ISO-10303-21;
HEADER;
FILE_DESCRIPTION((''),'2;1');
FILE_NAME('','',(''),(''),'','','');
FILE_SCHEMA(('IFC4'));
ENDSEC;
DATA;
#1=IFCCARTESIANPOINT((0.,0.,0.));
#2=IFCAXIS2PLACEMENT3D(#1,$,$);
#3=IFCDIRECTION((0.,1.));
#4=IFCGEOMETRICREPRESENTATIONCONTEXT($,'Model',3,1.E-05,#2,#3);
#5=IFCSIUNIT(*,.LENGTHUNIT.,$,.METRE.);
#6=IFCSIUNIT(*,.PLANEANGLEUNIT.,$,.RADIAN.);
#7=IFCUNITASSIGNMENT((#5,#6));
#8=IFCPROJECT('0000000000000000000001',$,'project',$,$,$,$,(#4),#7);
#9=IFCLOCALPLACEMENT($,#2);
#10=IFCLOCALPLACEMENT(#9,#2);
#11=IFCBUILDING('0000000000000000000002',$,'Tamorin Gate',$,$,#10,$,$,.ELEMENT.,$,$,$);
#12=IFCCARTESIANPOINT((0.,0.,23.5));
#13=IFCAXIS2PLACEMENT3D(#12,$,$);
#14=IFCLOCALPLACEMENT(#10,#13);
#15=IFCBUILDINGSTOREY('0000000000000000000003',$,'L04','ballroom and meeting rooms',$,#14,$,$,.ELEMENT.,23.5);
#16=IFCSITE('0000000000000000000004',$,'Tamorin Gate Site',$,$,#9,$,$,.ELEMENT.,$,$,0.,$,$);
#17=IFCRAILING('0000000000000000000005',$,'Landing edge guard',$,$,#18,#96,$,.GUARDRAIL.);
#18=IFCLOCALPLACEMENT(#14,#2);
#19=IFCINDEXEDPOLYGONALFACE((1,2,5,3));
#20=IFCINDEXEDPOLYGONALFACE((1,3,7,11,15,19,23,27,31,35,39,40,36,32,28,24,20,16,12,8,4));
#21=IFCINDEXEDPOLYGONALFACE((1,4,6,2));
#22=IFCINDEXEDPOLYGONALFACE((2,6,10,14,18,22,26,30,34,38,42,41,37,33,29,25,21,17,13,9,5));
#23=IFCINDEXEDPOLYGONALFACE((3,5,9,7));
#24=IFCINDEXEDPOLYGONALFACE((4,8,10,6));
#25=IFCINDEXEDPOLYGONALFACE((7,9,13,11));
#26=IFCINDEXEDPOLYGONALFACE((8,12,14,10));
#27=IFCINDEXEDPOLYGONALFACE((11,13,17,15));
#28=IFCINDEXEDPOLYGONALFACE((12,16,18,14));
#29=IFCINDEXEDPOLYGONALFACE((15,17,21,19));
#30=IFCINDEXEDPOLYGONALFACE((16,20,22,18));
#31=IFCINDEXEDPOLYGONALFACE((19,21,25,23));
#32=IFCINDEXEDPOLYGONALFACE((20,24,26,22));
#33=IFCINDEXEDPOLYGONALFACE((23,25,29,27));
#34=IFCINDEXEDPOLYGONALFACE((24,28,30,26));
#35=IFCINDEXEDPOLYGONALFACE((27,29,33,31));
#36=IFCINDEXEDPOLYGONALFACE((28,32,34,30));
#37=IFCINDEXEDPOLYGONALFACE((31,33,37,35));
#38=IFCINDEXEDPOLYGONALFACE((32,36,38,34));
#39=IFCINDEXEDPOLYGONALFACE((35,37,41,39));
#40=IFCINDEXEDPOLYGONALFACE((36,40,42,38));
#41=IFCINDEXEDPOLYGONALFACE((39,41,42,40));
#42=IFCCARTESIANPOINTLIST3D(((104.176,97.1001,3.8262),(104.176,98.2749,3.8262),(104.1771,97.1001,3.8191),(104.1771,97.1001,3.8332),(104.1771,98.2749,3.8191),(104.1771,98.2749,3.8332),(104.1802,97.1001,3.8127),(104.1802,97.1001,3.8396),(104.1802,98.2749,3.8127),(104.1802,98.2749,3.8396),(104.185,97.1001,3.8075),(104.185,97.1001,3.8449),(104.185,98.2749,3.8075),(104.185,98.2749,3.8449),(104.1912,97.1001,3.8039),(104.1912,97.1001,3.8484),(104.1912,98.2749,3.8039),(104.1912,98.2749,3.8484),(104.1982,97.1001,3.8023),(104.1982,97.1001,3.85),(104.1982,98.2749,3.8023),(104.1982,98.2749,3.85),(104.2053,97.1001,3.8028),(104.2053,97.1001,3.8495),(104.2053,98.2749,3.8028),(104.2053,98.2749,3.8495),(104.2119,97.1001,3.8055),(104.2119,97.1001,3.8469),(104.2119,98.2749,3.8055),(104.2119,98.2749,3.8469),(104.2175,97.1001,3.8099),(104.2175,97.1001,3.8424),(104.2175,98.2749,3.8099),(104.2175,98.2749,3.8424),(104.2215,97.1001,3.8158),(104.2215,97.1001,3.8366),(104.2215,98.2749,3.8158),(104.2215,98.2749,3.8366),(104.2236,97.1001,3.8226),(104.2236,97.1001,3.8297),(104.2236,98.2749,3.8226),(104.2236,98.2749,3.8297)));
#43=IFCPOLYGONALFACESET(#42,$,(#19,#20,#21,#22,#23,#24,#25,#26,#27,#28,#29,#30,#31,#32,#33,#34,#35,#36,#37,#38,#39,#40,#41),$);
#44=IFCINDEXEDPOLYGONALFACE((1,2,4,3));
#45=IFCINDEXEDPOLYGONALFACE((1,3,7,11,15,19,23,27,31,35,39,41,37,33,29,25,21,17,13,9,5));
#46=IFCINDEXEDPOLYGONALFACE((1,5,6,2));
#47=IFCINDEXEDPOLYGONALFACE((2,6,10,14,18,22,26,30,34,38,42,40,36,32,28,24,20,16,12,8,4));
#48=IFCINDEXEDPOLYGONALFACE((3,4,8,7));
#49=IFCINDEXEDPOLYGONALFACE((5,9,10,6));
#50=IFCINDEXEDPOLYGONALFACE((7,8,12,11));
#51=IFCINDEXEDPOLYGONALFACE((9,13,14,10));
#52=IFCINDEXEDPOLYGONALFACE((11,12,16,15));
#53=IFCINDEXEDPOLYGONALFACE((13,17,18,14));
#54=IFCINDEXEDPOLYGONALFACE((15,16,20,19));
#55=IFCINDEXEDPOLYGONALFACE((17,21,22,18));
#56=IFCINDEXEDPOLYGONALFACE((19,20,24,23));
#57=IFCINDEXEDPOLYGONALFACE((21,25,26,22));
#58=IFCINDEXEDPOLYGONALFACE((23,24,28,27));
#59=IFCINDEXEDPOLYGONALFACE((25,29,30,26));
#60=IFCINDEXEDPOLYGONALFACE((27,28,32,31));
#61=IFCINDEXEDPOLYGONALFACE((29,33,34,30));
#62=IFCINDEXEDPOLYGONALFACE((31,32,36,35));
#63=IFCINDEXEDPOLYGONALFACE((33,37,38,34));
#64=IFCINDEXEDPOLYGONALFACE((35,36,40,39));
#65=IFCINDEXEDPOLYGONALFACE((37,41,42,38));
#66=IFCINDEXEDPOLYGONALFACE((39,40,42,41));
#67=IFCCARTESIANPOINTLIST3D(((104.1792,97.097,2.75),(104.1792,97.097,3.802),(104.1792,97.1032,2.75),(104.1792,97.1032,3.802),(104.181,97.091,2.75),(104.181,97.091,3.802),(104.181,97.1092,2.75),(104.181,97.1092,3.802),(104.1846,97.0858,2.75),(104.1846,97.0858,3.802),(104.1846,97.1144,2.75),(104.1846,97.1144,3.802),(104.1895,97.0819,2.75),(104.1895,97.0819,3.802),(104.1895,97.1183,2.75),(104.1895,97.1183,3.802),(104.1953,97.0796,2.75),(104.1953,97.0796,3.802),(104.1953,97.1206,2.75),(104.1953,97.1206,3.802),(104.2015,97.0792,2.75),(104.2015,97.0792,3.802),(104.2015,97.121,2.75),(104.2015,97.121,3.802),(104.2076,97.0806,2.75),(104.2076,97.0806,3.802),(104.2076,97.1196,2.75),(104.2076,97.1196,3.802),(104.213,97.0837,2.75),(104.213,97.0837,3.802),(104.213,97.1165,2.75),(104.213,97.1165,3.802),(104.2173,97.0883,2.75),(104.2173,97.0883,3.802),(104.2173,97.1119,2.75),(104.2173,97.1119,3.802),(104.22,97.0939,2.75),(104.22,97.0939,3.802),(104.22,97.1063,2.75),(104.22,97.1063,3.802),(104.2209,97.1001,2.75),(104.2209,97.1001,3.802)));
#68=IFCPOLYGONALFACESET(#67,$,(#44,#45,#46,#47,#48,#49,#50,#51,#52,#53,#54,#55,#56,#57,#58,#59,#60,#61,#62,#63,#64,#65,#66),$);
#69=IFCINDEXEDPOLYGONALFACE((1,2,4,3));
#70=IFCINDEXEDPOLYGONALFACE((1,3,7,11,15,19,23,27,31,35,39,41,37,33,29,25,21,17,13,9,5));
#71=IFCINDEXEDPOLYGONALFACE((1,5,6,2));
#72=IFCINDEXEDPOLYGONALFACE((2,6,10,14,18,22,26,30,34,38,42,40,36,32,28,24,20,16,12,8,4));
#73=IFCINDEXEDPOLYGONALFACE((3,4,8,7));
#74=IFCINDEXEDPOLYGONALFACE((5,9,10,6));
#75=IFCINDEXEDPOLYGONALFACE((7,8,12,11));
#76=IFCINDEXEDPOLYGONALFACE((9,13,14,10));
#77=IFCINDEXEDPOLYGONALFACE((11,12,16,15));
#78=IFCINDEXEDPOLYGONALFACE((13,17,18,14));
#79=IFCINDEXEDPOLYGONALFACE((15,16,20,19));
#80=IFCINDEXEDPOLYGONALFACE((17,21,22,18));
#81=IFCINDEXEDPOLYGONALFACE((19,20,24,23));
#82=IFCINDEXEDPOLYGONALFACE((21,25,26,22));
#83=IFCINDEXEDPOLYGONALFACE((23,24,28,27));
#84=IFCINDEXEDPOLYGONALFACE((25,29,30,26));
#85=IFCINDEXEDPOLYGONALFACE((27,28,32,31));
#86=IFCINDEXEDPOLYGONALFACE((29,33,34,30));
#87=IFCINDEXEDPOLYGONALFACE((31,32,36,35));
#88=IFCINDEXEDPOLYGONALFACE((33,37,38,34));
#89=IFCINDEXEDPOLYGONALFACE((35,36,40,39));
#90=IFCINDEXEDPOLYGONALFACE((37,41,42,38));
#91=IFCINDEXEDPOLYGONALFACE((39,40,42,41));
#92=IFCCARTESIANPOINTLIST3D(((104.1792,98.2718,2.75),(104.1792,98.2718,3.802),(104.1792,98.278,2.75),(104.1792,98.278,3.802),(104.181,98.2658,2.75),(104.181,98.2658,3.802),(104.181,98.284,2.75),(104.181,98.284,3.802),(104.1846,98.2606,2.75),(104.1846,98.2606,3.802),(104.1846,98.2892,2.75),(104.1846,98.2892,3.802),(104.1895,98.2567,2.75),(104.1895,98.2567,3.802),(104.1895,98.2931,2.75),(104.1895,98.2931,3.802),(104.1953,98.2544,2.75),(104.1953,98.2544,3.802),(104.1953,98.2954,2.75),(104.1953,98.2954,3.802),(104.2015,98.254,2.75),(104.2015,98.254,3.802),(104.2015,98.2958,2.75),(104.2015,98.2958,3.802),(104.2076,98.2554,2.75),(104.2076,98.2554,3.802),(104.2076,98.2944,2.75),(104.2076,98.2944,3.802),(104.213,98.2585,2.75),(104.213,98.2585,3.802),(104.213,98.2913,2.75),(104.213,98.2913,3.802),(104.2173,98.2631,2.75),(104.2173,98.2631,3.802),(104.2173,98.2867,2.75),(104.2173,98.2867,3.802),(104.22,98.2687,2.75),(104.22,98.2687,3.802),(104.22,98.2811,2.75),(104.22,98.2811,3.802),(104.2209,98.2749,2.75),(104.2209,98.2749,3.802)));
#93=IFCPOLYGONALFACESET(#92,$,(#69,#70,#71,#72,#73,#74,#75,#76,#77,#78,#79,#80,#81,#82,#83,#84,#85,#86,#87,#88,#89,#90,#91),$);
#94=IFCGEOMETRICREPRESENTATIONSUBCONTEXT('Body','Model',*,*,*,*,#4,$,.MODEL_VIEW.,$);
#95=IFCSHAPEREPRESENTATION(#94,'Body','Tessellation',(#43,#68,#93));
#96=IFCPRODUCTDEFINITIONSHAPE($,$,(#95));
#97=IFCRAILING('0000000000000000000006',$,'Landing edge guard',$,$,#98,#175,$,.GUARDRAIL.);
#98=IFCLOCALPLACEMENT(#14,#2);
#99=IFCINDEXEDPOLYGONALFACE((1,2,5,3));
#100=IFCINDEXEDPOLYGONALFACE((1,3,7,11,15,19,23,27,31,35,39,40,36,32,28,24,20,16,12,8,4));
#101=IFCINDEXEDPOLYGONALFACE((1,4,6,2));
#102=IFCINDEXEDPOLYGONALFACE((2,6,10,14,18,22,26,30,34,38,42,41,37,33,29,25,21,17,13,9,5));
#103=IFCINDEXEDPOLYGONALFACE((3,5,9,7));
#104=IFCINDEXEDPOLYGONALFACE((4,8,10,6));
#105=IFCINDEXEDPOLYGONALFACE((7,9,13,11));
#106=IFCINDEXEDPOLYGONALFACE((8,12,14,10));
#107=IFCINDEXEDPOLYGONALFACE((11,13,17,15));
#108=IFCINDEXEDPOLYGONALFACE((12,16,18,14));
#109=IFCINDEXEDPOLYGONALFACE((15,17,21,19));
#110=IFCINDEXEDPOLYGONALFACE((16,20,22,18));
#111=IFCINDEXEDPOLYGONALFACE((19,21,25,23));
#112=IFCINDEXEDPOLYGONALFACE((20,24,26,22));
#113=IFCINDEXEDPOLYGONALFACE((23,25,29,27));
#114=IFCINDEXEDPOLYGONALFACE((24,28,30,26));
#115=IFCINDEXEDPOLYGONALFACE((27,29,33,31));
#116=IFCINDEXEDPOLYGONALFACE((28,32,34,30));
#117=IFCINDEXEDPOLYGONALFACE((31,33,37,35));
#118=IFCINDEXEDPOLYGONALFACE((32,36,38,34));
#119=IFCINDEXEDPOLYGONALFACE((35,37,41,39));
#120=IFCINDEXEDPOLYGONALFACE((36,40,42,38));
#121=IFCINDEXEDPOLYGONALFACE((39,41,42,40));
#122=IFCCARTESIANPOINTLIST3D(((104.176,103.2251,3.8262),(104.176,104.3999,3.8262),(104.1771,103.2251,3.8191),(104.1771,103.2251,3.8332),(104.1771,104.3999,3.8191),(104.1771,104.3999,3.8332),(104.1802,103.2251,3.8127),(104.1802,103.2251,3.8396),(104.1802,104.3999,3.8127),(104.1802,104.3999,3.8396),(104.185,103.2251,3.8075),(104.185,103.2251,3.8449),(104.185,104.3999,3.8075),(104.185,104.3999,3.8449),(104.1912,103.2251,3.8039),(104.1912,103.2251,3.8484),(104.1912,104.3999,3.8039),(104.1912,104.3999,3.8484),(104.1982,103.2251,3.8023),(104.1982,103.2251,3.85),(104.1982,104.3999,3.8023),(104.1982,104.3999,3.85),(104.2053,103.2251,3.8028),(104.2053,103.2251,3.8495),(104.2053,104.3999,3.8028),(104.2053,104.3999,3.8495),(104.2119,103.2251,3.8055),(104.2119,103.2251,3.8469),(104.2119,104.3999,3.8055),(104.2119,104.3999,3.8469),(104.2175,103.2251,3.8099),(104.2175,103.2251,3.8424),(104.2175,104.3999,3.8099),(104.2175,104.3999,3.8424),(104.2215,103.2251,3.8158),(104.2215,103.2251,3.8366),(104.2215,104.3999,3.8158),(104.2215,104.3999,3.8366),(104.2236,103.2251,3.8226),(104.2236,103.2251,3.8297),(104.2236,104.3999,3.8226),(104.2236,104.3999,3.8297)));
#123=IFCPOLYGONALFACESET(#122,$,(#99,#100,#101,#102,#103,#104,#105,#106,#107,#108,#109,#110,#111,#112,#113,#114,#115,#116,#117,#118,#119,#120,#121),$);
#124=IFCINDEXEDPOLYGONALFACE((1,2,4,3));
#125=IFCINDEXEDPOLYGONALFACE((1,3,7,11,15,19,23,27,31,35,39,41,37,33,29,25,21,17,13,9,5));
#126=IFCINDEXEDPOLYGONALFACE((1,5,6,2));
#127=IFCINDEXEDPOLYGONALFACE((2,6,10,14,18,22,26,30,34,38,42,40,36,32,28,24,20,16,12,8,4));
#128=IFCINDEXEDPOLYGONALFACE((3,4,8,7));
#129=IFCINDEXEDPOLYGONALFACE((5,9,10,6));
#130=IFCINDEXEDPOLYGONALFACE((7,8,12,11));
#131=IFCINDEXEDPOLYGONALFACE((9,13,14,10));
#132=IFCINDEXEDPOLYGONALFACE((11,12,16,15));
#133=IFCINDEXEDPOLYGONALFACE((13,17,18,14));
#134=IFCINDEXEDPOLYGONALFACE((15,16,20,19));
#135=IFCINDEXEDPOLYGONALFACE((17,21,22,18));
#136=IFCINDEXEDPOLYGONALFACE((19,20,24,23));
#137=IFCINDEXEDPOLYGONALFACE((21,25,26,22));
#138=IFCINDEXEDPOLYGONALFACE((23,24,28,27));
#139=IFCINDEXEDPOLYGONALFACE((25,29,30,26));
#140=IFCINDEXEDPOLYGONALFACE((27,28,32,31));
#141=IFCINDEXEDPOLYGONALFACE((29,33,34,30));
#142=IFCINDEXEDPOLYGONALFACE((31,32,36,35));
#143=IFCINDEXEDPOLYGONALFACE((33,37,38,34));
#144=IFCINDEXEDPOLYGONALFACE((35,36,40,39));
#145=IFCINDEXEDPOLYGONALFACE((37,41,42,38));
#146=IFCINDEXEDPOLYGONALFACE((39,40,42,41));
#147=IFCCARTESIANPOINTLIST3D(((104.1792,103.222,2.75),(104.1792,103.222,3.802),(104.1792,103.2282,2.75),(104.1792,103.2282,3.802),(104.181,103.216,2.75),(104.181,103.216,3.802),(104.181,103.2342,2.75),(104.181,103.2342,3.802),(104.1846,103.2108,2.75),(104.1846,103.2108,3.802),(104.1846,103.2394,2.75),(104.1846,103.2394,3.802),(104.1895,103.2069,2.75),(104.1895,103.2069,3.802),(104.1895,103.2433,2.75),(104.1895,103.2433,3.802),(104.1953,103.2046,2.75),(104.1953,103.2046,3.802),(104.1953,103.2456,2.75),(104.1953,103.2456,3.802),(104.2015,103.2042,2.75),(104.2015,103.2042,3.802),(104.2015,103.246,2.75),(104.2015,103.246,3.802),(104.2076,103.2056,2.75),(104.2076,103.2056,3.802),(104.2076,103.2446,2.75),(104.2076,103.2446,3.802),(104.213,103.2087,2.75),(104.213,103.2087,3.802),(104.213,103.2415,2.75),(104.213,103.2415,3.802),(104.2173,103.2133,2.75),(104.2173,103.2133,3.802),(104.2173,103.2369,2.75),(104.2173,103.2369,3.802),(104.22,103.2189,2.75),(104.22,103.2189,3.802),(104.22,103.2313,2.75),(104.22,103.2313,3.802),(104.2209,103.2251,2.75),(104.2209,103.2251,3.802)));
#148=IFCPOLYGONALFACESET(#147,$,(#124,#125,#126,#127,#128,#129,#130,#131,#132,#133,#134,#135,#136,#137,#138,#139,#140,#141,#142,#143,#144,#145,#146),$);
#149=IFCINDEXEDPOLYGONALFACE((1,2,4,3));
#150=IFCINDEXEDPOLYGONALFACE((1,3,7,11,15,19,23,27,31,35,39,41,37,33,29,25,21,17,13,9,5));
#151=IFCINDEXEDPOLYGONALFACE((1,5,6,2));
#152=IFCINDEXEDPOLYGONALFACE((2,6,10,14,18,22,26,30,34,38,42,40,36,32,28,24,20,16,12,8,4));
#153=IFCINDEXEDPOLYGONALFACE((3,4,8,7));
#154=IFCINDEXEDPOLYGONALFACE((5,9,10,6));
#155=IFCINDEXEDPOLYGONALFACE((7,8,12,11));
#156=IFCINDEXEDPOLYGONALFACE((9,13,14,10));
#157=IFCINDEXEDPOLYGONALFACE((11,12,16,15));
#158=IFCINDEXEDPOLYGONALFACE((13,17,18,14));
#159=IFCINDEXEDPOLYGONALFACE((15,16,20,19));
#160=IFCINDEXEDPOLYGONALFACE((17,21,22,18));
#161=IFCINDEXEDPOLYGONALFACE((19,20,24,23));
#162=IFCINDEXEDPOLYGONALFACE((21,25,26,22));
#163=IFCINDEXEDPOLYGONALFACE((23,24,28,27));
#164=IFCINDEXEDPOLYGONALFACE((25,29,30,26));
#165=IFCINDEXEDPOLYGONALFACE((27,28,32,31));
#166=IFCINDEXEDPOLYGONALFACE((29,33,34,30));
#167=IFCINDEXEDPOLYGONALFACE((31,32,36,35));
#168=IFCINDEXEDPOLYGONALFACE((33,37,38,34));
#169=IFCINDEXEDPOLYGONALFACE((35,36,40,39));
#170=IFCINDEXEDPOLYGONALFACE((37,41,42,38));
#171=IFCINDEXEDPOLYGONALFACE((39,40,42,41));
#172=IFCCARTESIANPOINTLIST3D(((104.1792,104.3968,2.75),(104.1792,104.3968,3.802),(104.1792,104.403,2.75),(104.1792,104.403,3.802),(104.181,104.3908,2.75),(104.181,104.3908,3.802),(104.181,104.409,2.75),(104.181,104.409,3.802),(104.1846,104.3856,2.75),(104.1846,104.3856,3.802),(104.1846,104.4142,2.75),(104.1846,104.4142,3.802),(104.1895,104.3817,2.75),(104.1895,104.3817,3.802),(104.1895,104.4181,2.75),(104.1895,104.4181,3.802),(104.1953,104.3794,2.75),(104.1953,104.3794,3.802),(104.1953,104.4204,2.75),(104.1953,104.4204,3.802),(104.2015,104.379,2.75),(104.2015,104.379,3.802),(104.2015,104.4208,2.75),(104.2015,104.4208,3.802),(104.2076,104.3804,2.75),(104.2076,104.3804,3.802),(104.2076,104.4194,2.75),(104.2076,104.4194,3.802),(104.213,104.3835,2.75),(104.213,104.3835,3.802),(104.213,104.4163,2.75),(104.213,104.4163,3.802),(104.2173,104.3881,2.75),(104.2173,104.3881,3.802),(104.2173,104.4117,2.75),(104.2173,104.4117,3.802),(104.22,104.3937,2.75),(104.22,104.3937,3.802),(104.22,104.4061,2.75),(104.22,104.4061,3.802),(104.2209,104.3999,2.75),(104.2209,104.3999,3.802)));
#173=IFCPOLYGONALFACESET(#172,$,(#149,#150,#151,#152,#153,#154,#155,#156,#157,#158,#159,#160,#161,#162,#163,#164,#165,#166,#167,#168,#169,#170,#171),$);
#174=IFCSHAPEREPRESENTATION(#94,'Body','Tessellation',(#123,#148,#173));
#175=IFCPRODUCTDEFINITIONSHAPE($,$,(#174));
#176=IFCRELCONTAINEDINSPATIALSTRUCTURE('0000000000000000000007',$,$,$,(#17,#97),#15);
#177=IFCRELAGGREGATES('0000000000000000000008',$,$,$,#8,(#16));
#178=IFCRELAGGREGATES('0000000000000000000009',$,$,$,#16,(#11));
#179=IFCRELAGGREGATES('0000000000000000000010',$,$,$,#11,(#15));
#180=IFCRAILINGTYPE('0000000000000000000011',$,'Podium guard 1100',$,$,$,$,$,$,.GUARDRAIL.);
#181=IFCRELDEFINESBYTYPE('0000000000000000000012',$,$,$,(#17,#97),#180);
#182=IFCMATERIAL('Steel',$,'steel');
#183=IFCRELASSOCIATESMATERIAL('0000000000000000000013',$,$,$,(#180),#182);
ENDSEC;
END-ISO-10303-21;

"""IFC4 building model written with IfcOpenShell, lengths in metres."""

from ifc_helpers import new_model, si_unit, direction, frame, origin, origin_2d, place, context, subcontext, project, spatial, circle, extrude, material, type_object, element, save


model = new_model("IFC4")

# Units and contexts
model_context = context("Model", 3, precision=1e-05, world=origin(), true_north=direction((0.0, 1.0)))
body_context = subcontext(model_context, "Body", "Model", "MODEL_VIEW")
ifc_project = project(units=[si_unit("LENGTHUNIT", "METRE"), si_unit("PLANEANGLEUNIT", "RADIAN")], contexts=[model_context])

# Site, building, storey
site_placement = place(None, origin())
site = spatial("IfcSite", under=ifc_project, at=site_placement, Name="Tamorin Gate Site", CompositionType="ELEMENT", RefElevation=0.0)
building_placement = place(site_placement, origin())
building = spatial("IfcBuilding", under=site, at=building_placement, Name="Tamorin Gate", CompositionType="ELEMENT")
storey_placement = place(building_placement, frame((0.0, 0.0, 23.5)))
storey = spatial("IfcBuildingStorey", under=building, at=storey_placement, Name="L04", Description="ballroom and meeting rooms", CompositionType="ELEMENT", Elevation=23.5)

# Railings
ifc_material_1 = material(Name="Steel", Category="steel")
railing_type_1 = type_object("IfcRailingType", Name="Podium guard 1100", PredefinedType="GUARDRAIL", material=ifc_material_1)
for number, where, name in (
    (1, (104.2, 97.1001, 2.75), "Landing edge guard"),
    (2, (104.2, 103.2251, 2.75), "Landing edge guard"),
):
    element("IfcRailing", number, at=place(storey_placement, frame(where)), inside=storey, type_object=railing_type_1, Name=name, PredefinedType="GUARDRAIL", context=body_context, shape_type="SweptSolid", body=[
        extrude(circle(Radius=0.0239, at=origin_2d()), frame((0.0, 0.0, 1.0762), z_axis=(0.0, 1.0, 0.0), x_axis=(-1.0, 0.0, 0.0)), (0.0, 0.0, 1.0), 1.1748),
        extrude(circle(Radius=0.021, at=origin_2d()), origin(), (0.0, 0.0, 1.0), 1.052),
        extrude(circle(Radius=0.021, at=origin_2d()), frame((0.0, 1.1748, 0.0)), (0.0, 0.0, 1.0), 1.052),
    ])

save(model, "model.ifc")
